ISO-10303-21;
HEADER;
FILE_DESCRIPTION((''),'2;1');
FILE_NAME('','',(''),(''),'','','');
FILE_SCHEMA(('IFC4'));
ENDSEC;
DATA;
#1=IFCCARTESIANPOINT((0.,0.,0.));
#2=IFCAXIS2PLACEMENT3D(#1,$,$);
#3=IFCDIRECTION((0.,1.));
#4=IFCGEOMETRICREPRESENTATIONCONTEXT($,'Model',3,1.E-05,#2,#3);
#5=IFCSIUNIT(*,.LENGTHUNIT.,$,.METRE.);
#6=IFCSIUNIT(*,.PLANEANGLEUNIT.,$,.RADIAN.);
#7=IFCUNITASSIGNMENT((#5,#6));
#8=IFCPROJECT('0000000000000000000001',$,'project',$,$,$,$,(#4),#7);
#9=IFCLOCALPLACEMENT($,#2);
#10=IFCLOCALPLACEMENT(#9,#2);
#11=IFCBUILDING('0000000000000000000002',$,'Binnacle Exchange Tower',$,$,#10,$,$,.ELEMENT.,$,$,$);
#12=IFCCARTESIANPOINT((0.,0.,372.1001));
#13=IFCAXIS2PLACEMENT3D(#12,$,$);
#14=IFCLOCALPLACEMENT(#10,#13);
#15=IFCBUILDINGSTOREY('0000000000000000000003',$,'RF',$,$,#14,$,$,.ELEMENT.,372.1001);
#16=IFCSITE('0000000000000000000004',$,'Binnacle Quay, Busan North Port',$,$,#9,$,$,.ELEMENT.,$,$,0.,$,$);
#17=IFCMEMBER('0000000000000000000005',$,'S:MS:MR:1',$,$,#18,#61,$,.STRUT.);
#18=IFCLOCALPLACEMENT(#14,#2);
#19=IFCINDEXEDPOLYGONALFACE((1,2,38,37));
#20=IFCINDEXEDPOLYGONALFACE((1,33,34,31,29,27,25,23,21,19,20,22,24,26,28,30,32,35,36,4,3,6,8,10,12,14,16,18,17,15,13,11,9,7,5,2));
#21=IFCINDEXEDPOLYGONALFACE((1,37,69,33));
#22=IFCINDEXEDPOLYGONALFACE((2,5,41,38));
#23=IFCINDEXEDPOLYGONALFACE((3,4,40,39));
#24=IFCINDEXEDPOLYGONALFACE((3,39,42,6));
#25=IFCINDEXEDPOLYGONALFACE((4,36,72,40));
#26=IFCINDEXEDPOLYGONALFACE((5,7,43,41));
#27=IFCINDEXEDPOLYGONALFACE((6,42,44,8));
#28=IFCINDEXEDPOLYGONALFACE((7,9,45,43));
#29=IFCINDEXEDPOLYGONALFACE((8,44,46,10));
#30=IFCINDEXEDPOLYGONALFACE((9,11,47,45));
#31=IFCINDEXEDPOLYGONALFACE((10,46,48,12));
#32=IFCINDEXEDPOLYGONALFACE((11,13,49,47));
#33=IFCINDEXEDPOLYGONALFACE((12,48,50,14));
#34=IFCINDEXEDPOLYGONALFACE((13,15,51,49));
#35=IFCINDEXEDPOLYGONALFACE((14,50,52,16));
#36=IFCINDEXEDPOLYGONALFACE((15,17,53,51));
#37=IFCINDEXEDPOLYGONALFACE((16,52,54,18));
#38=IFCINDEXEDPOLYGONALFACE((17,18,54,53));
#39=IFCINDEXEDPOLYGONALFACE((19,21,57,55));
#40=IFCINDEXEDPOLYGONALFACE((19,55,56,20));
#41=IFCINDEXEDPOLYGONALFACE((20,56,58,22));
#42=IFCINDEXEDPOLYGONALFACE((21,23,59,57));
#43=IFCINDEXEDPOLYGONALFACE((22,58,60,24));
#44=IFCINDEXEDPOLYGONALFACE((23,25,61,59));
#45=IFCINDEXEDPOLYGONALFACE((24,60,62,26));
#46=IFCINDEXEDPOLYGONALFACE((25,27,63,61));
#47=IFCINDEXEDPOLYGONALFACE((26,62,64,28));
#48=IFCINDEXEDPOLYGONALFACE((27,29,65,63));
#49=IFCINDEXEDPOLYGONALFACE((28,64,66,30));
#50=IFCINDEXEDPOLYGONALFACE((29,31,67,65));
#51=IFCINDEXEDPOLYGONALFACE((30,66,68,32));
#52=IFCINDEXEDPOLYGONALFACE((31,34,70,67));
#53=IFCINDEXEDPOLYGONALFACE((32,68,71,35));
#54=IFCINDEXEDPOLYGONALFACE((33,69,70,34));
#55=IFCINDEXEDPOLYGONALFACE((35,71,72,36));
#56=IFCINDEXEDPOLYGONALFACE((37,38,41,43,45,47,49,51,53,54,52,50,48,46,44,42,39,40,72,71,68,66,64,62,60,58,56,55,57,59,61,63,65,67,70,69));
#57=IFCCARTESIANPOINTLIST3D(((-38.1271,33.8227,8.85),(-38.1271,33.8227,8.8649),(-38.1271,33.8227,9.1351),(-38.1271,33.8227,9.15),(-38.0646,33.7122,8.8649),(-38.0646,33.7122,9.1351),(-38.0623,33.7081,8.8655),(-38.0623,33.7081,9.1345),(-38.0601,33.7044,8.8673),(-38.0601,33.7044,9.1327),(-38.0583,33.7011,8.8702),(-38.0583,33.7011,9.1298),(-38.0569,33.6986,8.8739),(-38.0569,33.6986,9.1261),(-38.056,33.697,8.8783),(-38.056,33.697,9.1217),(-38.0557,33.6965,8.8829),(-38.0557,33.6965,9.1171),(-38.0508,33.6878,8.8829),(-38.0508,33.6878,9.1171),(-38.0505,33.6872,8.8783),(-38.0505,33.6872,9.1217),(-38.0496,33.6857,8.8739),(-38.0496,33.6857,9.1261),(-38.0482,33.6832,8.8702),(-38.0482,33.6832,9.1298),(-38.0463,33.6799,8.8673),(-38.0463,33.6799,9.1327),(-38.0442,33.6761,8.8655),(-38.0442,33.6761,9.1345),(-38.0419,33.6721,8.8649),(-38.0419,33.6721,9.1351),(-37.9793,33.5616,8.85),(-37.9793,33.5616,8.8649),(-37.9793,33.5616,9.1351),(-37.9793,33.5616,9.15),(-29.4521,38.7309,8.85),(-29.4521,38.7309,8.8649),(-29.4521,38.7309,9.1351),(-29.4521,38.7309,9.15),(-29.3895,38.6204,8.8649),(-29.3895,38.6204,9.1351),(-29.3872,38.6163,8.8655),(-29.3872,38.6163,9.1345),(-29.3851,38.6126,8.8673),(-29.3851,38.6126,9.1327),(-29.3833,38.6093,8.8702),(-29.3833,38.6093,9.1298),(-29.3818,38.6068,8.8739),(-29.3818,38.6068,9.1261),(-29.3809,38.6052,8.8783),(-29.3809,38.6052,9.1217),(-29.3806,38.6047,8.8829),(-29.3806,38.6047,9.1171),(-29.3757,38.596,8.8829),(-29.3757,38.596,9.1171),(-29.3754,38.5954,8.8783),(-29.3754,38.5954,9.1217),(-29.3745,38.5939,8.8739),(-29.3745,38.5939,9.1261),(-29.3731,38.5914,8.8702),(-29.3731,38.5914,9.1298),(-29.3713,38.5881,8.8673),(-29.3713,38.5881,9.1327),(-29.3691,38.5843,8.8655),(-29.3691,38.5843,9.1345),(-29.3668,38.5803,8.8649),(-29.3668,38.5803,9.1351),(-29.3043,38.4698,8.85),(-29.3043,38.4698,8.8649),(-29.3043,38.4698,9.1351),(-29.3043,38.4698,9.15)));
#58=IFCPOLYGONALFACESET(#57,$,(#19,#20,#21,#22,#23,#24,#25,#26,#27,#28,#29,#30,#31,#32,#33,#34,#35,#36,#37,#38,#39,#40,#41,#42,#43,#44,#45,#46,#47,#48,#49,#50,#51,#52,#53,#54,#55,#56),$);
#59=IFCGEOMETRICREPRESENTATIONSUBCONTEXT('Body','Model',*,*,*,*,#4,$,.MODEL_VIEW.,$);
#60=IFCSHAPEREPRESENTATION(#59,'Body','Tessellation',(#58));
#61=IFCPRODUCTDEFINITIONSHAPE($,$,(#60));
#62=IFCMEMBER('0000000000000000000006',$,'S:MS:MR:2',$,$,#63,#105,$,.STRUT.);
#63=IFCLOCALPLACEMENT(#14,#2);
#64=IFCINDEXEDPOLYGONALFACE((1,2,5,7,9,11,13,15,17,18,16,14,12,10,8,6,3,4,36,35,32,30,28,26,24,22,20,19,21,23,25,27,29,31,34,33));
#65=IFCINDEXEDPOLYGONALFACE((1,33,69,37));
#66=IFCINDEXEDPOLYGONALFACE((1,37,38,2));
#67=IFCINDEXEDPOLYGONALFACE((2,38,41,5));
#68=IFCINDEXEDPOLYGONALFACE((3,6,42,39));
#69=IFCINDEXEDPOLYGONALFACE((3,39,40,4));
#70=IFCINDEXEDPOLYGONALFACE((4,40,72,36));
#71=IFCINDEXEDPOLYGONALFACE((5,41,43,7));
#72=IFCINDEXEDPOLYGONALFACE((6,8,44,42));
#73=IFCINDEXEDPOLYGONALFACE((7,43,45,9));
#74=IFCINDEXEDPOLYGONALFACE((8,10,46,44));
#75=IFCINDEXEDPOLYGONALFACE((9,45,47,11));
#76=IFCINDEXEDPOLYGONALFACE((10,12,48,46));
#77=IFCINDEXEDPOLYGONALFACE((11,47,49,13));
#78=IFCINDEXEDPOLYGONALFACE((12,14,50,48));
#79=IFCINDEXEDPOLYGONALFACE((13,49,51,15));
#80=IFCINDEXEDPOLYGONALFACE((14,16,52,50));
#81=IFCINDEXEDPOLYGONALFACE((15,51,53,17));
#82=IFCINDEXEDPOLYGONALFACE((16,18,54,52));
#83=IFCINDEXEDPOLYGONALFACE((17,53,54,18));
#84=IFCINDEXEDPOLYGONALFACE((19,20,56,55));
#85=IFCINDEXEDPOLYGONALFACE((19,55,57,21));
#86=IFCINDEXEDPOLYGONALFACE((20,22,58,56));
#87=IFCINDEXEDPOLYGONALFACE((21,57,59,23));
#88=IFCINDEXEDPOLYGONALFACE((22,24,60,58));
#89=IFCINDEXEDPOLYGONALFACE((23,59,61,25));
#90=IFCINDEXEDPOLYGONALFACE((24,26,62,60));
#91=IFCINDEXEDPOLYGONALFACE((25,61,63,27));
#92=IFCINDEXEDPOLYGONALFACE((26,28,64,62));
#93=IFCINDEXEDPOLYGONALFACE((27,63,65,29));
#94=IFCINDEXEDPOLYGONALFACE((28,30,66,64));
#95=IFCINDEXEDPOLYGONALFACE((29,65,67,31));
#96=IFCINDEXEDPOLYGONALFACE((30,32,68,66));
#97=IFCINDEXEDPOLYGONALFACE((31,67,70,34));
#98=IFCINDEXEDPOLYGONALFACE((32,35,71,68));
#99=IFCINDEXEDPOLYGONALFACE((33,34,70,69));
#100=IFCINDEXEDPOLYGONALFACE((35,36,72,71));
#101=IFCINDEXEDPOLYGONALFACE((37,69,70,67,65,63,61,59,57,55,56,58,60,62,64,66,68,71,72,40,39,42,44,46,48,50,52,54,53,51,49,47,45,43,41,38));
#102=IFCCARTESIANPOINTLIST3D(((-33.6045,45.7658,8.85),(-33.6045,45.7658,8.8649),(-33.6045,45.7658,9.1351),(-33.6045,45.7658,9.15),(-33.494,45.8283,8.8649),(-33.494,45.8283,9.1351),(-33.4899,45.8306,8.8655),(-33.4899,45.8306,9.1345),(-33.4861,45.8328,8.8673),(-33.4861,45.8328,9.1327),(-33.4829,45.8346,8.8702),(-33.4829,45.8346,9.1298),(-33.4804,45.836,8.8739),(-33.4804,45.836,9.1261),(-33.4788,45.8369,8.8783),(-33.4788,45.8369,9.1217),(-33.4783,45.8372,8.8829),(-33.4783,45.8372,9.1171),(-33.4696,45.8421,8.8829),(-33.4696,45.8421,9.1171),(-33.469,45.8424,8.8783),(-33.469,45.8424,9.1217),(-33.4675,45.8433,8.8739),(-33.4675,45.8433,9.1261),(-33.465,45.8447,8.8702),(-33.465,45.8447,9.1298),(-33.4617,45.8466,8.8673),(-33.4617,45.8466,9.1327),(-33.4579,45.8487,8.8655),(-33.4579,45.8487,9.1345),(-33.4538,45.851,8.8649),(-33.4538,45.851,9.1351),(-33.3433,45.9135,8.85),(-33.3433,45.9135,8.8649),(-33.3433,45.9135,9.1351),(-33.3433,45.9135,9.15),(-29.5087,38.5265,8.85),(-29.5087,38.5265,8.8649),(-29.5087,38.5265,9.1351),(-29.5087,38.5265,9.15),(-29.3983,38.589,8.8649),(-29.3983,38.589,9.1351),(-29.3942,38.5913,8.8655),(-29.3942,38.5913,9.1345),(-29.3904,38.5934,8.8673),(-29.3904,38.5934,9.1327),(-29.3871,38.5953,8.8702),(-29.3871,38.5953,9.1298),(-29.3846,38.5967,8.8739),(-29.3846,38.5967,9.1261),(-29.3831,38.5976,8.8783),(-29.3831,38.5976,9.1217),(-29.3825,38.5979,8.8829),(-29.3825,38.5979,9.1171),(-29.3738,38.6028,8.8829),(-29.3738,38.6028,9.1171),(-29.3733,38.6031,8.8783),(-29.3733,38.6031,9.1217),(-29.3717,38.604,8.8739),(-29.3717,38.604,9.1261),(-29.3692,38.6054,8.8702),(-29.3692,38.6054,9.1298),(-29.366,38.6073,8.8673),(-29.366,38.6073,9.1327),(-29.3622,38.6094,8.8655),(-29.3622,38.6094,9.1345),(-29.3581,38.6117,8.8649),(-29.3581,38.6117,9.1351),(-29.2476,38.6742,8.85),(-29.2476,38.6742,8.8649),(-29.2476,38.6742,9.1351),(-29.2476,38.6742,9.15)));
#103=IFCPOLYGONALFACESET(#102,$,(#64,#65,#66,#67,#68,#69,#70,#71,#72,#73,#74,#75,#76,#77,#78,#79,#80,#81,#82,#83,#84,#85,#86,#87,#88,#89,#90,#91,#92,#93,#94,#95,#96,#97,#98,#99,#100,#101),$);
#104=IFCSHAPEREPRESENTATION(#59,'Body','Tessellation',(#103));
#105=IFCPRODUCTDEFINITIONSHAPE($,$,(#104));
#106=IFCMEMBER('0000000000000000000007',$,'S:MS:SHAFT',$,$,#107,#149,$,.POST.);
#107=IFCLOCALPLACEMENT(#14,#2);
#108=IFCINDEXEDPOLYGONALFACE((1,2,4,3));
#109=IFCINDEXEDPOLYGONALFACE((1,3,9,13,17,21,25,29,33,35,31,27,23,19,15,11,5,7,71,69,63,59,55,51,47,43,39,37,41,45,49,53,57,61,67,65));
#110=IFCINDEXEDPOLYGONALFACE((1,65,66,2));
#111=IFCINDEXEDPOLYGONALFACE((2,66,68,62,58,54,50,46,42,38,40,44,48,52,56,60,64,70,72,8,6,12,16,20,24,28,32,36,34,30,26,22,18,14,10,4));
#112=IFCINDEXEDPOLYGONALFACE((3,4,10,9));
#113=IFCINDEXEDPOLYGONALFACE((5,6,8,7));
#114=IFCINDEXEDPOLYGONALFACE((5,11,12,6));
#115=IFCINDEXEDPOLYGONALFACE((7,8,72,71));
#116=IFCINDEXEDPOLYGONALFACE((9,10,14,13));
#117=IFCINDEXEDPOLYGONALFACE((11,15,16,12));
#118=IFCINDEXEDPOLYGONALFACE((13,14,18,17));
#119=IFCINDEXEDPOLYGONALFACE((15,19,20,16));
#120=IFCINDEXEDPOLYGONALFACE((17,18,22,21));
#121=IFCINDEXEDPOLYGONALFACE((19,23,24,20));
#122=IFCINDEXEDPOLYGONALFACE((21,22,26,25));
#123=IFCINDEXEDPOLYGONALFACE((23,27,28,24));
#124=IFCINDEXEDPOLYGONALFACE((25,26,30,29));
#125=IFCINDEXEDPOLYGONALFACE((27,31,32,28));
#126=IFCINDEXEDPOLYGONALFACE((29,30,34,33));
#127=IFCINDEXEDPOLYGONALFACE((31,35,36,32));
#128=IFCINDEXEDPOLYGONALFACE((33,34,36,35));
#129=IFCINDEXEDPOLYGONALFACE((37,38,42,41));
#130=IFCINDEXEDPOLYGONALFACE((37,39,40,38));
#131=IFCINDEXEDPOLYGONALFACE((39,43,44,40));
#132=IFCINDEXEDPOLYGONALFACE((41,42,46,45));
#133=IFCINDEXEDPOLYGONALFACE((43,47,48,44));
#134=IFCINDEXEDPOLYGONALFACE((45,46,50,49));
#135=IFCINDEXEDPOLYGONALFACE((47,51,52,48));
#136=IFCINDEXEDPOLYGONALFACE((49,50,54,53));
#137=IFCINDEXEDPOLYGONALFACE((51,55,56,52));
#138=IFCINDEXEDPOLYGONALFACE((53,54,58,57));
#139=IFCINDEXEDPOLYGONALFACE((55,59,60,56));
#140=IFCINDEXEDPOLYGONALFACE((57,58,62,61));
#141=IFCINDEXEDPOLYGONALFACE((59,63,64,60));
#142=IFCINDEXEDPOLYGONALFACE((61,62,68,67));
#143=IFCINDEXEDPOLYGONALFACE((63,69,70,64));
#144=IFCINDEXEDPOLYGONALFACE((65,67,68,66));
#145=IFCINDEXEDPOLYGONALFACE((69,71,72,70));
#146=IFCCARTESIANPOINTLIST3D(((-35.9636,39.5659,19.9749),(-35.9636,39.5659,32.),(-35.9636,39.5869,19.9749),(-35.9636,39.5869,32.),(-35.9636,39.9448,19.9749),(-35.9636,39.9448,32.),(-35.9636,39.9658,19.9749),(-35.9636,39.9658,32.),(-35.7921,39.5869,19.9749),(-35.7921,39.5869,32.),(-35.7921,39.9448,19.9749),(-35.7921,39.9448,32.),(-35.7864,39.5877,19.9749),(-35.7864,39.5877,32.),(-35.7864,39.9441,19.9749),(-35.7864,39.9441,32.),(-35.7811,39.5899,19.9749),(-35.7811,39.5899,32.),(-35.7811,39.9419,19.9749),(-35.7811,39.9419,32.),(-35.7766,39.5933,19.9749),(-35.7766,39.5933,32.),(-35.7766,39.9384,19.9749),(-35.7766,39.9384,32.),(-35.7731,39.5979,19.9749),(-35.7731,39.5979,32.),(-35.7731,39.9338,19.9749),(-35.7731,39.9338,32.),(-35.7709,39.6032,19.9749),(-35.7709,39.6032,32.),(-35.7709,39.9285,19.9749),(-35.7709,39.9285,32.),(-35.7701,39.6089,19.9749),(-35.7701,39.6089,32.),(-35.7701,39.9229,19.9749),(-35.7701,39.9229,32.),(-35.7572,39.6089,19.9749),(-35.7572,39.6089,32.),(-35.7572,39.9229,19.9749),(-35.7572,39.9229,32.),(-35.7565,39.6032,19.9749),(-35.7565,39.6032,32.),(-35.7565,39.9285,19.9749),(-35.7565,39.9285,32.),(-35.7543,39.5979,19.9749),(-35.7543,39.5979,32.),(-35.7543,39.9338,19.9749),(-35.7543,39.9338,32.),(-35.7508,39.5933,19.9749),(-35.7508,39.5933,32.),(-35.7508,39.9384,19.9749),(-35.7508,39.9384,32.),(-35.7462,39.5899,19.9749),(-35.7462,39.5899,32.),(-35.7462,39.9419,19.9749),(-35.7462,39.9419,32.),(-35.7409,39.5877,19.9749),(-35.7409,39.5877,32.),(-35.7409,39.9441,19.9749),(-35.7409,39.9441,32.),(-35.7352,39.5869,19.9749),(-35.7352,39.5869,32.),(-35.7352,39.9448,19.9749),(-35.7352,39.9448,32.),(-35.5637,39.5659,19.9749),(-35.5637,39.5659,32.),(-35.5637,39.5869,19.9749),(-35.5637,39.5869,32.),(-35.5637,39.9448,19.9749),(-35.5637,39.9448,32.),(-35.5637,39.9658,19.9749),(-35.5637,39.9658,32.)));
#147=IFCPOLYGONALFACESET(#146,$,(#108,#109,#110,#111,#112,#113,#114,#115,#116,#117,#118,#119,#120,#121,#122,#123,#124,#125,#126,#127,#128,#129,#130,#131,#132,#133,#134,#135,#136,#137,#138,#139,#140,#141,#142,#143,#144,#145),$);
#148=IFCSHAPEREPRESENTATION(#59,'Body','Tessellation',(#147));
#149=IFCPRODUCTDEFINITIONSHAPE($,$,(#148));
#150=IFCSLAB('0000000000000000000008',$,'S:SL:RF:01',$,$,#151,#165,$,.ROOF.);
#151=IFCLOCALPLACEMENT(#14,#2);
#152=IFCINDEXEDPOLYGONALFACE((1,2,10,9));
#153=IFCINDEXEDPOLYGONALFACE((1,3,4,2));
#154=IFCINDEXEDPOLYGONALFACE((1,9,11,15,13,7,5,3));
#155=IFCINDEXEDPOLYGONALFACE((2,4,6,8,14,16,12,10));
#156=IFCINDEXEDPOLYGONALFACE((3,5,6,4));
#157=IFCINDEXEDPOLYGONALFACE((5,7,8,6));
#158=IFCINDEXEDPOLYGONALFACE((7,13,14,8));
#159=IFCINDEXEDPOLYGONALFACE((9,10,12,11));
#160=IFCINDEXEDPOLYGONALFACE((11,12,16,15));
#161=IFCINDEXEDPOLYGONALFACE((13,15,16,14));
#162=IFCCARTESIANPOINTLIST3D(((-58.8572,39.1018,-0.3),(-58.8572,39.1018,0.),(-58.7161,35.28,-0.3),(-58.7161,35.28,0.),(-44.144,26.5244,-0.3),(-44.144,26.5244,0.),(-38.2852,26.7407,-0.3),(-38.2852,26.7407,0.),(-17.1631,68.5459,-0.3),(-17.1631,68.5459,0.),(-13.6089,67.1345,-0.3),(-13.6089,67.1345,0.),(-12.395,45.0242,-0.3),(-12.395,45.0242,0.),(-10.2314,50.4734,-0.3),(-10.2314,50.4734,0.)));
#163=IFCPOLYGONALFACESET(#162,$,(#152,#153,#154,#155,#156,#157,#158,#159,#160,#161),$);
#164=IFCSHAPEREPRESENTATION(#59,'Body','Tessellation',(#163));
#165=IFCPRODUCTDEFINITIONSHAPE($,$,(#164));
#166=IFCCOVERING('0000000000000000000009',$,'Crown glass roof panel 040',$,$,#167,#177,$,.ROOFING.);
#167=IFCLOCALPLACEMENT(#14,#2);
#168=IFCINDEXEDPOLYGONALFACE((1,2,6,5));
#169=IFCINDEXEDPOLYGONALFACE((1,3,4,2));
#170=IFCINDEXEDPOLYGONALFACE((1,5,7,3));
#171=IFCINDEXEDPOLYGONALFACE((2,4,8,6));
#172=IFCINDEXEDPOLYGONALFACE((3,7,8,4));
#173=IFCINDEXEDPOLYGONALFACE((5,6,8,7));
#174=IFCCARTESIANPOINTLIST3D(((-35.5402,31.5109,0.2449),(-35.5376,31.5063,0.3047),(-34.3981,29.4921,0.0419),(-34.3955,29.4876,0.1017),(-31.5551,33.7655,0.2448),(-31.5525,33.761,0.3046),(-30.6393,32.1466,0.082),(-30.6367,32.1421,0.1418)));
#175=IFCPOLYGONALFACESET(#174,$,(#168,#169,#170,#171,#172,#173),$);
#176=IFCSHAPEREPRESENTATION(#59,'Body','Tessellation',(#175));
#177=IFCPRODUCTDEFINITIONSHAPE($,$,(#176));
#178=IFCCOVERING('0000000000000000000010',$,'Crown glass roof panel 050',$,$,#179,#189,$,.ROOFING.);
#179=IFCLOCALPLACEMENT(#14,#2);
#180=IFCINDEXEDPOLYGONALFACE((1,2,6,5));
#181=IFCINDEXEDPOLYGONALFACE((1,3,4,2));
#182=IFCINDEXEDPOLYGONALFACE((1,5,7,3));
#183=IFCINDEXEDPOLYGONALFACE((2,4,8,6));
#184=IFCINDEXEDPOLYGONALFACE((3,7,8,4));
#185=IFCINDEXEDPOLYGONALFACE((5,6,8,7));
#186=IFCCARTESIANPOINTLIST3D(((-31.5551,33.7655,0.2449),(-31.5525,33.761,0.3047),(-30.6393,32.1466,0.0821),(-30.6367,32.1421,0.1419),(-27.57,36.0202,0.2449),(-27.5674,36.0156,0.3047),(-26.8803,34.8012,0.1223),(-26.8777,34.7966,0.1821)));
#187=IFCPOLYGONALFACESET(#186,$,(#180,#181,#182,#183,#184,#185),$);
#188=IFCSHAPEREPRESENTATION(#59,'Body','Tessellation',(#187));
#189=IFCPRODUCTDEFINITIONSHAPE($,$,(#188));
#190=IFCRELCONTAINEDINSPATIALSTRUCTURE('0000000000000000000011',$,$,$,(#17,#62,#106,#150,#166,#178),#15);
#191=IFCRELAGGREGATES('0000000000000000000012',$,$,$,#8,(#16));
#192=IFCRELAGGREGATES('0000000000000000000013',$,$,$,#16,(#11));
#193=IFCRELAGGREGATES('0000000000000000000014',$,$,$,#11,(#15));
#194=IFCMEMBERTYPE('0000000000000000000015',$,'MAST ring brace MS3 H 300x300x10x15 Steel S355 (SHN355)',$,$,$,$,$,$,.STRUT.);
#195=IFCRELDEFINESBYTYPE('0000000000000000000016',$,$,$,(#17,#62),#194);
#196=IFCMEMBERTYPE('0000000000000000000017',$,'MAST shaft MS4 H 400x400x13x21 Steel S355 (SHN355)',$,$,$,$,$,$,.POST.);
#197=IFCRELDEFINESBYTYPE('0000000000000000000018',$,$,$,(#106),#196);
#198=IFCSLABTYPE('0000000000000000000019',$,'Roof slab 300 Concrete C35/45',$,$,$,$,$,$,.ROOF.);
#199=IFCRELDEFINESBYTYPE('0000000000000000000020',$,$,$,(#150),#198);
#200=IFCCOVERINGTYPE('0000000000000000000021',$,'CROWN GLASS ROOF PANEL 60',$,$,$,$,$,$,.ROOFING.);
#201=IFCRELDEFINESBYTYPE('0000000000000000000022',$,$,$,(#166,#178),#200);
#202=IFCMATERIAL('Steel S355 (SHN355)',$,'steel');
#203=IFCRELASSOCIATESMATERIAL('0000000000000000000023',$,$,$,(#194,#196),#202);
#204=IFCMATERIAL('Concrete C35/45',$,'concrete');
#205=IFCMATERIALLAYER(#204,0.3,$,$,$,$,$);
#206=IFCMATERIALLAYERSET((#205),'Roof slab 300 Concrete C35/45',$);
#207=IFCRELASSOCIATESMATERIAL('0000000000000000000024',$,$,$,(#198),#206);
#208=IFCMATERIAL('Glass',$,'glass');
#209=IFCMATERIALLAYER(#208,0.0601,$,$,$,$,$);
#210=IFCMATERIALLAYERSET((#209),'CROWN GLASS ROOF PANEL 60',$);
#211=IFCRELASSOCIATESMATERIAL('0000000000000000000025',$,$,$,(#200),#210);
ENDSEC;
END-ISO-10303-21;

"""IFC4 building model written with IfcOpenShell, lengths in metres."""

from ifc_helpers import new_model, si_unit, direction, frame, origin, origin_2d, place, context, subcontext, project, spatial, polyline, i_section, outline, extrude, material, layer, layer_set, material_profile, profile_set, type_object, element, save


model = new_model("IFC4")

# Units and contexts
model_context = context("Model", 3, precision=1e-05, world=origin(), true_north=direction((0.0, 1.0)))
body_context = subcontext(model_context, "Body", "Model", "MODEL_VIEW")
ifc_project = project(units=[si_unit("LENGTHUNIT", "METRE"), si_unit("PLANEANGLEUNIT", "RADIAN")], contexts=[model_context])

# Site, building, storey
site_placement = place(None, origin())
site = spatial("IfcSite", under=ifc_project, at=site_placement, Name="Binnacle Quay, Busan North Port", CompositionType="ELEMENT", RefElevation=0.0)
building_placement = place(site_placement, origin())
building = spatial("IfcBuilding", under=site, at=building_placement, Name="Binnacle Exchange Tower", CompositionType="ELEMENT")
storey_placement = place(building_placement, frame((0.0, 0.0, 372.1001)))
storey = spatial("IfcBuildingStorey", under=building, at=storey_placement, Name="RF", CompositionType="ELEMENT", Elevation=372.1001)

# Members
ifc_material_1 = material(Name="Steel S355 (SHN355)", Category="steel")
ifc_material_profile_1 = material_profile(ifc_material_1, i_section(OverallWidth=0.3, OverallDepth=0.3, WebThickness=0.01, FlangeThickness=0.0149, FilletRadius=0.0181, at=origin_2d()), Name="H 300x300x10x15")
ifc_profile_set_1 = profile_set([ifc_material_profile_1], Name="Steel S355 (SHN355)")
member_type_1 = type_object("IfcMemberType", Name="MAST ring brace MS3 H 300x300x10x15 Steel S355 (SHN355)", PredefinedType="STRUT", material=ifc_profile_set_1)
member_1_placement = place(storey_placement, frame((-38.0532, 33.6921, 9.0), z_axis=(0.870352, 0.492431, 0.0), x_axis=(-0.492431, 0.870352, 0.0)))
element("IfcMember", 1, at=member_1_placement, inside=storey, type_object=member_type_1, Name="S:MS:MR:1", PredefinedType="STRUT", context=body_context, shape_type="SweptSolid", body=[
    extrude(i_section(OverallWidth=0.3, OverallDepth=0.3, WebThickness=0.01, FlangeThickness=0.0149, FilletRadius=0.0181, at=origin_2d()), origin(), (0.0, 0.0, 1.0), 9.9673),
])
member_2_placement = place(storey_placement, frame((-29.3782, 38.6003, 9.0), z_axis=(-0.492417, 0.870359, 0.0), x_axis=(-0.870359, -0.492417, 0.0)))
element("IfcMember", 2, at=member_2_placement, inside=storey, type_object=member_type_1, Name="S:MS:MR:2", PredefinedType="STRUT", context=body_context, shape_type="SweptSolid", body=[
    extrude(i_section(OverallWidth=0.3, OverallDepth=0.3, WebThickness=0.01, FlangeThickness=0.0149, FilletRadius=0.0181, at=origin_2d()), origin(), (0.0, 0.0, 1.0), 8.3176),
])
ifc_material_profile_2 = material_profile(ifc_material_1, i_section(OverallWidth=0.3999, OverallDepth=0.3999, WebThickness=0.0129, FlangeThickness=0.021, FilletRadius=0.022, at=origin_2d()), Name="H 400x400x13x21")
ifc_profile_set_2 = profile_set([ifc_material_profile_2], Name="Steel S355 (SHN355)")
member_type_2 = type_object("IfcMemberType", Name="MAST shaft MS4 H 400x400x13x21 Steel S355 (SHN355)", PredefinedType="POST", material=ifc_profile_set_2)
member_3_placement = place(storey_placement, frame((-35.7637, 39.7659, 19.9749), z_axis=(0.0, 0.0, 1.0), x_axis=(1.0, 0.0, 0.0)))
element("IfcMember", 3, at=member_3_placement, inside=storey, type_object=member_type_2, Name="S:MS:SHAFT", PredefinedType="POST", context=body_context, shape_type="SweptSolid", body=[
    extrude(i_section(OverallWidth=0.3999, OverallDepth=0.3999, WebThickness=0.0129, FlangeThickness=0.021, FilletRadius=0.022, at=origin_2d()), origin(), (0.0, 0.0, 1.0), 12.0251),
])

# Slab
ifc_material_2 = material(Name="Concrete C35/45", Category="concrete")
ifc_layer_1 = layer(ifc_material_2, 0.3)
ifc_layer_set_1 = layer_set([ifc_layer_1], Name="Roof slab 300 Concrete C35/45")
slab_type = type_object("IfcSlabType", Name="Roof slab 300 Concrete C35/45", PredefinedType="ROOF", material=ifc_layer_set_1)
slab_placement = place(storey_placement, frame((0.0, 0.0, -0.3)))
element("IfcSlab", 4, at=slab_placement, inside=storey, type_object=slab_type, Name="S:SL:RF:01", PredefinedType="ROOF", context=body_context, shape_type="SweptSolid", body=[
    extrude(outline(polyline([(-12.395, 45.0242), (-10.2314, 50.4734), (-13.6089, 67.1345), (-17.1631, 68.5459), (-58.8572, 39.1018), (-58.7161, 35.28), (-44.144, 26.5244), (-38.2852, 26.7407), (-12.395, 45.0242)])), origin(), (0.0, 0.0, 1.0), 0.3),
])

# Coverings
ifc_material_3 = material(Name="Glass", Category="glass")
ifc_layer_2 = layer(ifc_material_3, 0.0601)
ifc_layer_set_2 = layer_set([ifc_layer_2], Name="CROWN GLASS ROOF PANEL 60")
covering_type = type_object("IfcCoveringType", Name="CROWN GLASS ROOF PANEL 60", PredefinedType="ROOFING", material=ifc_layer_set_2)
covering_1_placement = place(storey_placement, frame((-35.5376, 31.5063, 0.3047), z_axis=(0.042941, -0.075862, 0.996193), x_axis=(0.870357, 0.492421, -0.000018)))
element("IfcCovering", 5, at=covering_1_placement, inside=storey, type_object=covering_type, Name="Crown glass roof panel 040", PredefinedType="ROOFING", context=body_context, shape_type="SweptSolid", body=[
    extrude(outline(polyline([(0.0, 0.0), (4.5787, 0.0), (4.5786, -1.8671), (-0.0001, -2.3283), (0.0, 0.0)])), origin(), (0.0, 0.0, -1.0), 0.0601),
])
covering_2_placement = place(storey_placement, frame((-31.5525, 33.761, 0.3047), z_axis=(0.042931, -0.075897, 0.996191), x_axis=(0.870359, 0.492419, 0.000008)))
element("IfcCovering", 6, at=covering_2_placement, inside=storey, type_object=covering_type, Name="Crown glass roof panel 050", PredefinedType="ROOFING", context=body_context, shape_type="SweptSolid", body=[
    extrude(outline(polyline([(0.0, 0.0), (4.5787, 0.0), (4.5787, -1.4059), (-0.0001, -1.8671), (0.0, 0.0)])), origin(), (0.0, 0.0, -1.0), 0.0601),
])

save(model, "model.ifc")
